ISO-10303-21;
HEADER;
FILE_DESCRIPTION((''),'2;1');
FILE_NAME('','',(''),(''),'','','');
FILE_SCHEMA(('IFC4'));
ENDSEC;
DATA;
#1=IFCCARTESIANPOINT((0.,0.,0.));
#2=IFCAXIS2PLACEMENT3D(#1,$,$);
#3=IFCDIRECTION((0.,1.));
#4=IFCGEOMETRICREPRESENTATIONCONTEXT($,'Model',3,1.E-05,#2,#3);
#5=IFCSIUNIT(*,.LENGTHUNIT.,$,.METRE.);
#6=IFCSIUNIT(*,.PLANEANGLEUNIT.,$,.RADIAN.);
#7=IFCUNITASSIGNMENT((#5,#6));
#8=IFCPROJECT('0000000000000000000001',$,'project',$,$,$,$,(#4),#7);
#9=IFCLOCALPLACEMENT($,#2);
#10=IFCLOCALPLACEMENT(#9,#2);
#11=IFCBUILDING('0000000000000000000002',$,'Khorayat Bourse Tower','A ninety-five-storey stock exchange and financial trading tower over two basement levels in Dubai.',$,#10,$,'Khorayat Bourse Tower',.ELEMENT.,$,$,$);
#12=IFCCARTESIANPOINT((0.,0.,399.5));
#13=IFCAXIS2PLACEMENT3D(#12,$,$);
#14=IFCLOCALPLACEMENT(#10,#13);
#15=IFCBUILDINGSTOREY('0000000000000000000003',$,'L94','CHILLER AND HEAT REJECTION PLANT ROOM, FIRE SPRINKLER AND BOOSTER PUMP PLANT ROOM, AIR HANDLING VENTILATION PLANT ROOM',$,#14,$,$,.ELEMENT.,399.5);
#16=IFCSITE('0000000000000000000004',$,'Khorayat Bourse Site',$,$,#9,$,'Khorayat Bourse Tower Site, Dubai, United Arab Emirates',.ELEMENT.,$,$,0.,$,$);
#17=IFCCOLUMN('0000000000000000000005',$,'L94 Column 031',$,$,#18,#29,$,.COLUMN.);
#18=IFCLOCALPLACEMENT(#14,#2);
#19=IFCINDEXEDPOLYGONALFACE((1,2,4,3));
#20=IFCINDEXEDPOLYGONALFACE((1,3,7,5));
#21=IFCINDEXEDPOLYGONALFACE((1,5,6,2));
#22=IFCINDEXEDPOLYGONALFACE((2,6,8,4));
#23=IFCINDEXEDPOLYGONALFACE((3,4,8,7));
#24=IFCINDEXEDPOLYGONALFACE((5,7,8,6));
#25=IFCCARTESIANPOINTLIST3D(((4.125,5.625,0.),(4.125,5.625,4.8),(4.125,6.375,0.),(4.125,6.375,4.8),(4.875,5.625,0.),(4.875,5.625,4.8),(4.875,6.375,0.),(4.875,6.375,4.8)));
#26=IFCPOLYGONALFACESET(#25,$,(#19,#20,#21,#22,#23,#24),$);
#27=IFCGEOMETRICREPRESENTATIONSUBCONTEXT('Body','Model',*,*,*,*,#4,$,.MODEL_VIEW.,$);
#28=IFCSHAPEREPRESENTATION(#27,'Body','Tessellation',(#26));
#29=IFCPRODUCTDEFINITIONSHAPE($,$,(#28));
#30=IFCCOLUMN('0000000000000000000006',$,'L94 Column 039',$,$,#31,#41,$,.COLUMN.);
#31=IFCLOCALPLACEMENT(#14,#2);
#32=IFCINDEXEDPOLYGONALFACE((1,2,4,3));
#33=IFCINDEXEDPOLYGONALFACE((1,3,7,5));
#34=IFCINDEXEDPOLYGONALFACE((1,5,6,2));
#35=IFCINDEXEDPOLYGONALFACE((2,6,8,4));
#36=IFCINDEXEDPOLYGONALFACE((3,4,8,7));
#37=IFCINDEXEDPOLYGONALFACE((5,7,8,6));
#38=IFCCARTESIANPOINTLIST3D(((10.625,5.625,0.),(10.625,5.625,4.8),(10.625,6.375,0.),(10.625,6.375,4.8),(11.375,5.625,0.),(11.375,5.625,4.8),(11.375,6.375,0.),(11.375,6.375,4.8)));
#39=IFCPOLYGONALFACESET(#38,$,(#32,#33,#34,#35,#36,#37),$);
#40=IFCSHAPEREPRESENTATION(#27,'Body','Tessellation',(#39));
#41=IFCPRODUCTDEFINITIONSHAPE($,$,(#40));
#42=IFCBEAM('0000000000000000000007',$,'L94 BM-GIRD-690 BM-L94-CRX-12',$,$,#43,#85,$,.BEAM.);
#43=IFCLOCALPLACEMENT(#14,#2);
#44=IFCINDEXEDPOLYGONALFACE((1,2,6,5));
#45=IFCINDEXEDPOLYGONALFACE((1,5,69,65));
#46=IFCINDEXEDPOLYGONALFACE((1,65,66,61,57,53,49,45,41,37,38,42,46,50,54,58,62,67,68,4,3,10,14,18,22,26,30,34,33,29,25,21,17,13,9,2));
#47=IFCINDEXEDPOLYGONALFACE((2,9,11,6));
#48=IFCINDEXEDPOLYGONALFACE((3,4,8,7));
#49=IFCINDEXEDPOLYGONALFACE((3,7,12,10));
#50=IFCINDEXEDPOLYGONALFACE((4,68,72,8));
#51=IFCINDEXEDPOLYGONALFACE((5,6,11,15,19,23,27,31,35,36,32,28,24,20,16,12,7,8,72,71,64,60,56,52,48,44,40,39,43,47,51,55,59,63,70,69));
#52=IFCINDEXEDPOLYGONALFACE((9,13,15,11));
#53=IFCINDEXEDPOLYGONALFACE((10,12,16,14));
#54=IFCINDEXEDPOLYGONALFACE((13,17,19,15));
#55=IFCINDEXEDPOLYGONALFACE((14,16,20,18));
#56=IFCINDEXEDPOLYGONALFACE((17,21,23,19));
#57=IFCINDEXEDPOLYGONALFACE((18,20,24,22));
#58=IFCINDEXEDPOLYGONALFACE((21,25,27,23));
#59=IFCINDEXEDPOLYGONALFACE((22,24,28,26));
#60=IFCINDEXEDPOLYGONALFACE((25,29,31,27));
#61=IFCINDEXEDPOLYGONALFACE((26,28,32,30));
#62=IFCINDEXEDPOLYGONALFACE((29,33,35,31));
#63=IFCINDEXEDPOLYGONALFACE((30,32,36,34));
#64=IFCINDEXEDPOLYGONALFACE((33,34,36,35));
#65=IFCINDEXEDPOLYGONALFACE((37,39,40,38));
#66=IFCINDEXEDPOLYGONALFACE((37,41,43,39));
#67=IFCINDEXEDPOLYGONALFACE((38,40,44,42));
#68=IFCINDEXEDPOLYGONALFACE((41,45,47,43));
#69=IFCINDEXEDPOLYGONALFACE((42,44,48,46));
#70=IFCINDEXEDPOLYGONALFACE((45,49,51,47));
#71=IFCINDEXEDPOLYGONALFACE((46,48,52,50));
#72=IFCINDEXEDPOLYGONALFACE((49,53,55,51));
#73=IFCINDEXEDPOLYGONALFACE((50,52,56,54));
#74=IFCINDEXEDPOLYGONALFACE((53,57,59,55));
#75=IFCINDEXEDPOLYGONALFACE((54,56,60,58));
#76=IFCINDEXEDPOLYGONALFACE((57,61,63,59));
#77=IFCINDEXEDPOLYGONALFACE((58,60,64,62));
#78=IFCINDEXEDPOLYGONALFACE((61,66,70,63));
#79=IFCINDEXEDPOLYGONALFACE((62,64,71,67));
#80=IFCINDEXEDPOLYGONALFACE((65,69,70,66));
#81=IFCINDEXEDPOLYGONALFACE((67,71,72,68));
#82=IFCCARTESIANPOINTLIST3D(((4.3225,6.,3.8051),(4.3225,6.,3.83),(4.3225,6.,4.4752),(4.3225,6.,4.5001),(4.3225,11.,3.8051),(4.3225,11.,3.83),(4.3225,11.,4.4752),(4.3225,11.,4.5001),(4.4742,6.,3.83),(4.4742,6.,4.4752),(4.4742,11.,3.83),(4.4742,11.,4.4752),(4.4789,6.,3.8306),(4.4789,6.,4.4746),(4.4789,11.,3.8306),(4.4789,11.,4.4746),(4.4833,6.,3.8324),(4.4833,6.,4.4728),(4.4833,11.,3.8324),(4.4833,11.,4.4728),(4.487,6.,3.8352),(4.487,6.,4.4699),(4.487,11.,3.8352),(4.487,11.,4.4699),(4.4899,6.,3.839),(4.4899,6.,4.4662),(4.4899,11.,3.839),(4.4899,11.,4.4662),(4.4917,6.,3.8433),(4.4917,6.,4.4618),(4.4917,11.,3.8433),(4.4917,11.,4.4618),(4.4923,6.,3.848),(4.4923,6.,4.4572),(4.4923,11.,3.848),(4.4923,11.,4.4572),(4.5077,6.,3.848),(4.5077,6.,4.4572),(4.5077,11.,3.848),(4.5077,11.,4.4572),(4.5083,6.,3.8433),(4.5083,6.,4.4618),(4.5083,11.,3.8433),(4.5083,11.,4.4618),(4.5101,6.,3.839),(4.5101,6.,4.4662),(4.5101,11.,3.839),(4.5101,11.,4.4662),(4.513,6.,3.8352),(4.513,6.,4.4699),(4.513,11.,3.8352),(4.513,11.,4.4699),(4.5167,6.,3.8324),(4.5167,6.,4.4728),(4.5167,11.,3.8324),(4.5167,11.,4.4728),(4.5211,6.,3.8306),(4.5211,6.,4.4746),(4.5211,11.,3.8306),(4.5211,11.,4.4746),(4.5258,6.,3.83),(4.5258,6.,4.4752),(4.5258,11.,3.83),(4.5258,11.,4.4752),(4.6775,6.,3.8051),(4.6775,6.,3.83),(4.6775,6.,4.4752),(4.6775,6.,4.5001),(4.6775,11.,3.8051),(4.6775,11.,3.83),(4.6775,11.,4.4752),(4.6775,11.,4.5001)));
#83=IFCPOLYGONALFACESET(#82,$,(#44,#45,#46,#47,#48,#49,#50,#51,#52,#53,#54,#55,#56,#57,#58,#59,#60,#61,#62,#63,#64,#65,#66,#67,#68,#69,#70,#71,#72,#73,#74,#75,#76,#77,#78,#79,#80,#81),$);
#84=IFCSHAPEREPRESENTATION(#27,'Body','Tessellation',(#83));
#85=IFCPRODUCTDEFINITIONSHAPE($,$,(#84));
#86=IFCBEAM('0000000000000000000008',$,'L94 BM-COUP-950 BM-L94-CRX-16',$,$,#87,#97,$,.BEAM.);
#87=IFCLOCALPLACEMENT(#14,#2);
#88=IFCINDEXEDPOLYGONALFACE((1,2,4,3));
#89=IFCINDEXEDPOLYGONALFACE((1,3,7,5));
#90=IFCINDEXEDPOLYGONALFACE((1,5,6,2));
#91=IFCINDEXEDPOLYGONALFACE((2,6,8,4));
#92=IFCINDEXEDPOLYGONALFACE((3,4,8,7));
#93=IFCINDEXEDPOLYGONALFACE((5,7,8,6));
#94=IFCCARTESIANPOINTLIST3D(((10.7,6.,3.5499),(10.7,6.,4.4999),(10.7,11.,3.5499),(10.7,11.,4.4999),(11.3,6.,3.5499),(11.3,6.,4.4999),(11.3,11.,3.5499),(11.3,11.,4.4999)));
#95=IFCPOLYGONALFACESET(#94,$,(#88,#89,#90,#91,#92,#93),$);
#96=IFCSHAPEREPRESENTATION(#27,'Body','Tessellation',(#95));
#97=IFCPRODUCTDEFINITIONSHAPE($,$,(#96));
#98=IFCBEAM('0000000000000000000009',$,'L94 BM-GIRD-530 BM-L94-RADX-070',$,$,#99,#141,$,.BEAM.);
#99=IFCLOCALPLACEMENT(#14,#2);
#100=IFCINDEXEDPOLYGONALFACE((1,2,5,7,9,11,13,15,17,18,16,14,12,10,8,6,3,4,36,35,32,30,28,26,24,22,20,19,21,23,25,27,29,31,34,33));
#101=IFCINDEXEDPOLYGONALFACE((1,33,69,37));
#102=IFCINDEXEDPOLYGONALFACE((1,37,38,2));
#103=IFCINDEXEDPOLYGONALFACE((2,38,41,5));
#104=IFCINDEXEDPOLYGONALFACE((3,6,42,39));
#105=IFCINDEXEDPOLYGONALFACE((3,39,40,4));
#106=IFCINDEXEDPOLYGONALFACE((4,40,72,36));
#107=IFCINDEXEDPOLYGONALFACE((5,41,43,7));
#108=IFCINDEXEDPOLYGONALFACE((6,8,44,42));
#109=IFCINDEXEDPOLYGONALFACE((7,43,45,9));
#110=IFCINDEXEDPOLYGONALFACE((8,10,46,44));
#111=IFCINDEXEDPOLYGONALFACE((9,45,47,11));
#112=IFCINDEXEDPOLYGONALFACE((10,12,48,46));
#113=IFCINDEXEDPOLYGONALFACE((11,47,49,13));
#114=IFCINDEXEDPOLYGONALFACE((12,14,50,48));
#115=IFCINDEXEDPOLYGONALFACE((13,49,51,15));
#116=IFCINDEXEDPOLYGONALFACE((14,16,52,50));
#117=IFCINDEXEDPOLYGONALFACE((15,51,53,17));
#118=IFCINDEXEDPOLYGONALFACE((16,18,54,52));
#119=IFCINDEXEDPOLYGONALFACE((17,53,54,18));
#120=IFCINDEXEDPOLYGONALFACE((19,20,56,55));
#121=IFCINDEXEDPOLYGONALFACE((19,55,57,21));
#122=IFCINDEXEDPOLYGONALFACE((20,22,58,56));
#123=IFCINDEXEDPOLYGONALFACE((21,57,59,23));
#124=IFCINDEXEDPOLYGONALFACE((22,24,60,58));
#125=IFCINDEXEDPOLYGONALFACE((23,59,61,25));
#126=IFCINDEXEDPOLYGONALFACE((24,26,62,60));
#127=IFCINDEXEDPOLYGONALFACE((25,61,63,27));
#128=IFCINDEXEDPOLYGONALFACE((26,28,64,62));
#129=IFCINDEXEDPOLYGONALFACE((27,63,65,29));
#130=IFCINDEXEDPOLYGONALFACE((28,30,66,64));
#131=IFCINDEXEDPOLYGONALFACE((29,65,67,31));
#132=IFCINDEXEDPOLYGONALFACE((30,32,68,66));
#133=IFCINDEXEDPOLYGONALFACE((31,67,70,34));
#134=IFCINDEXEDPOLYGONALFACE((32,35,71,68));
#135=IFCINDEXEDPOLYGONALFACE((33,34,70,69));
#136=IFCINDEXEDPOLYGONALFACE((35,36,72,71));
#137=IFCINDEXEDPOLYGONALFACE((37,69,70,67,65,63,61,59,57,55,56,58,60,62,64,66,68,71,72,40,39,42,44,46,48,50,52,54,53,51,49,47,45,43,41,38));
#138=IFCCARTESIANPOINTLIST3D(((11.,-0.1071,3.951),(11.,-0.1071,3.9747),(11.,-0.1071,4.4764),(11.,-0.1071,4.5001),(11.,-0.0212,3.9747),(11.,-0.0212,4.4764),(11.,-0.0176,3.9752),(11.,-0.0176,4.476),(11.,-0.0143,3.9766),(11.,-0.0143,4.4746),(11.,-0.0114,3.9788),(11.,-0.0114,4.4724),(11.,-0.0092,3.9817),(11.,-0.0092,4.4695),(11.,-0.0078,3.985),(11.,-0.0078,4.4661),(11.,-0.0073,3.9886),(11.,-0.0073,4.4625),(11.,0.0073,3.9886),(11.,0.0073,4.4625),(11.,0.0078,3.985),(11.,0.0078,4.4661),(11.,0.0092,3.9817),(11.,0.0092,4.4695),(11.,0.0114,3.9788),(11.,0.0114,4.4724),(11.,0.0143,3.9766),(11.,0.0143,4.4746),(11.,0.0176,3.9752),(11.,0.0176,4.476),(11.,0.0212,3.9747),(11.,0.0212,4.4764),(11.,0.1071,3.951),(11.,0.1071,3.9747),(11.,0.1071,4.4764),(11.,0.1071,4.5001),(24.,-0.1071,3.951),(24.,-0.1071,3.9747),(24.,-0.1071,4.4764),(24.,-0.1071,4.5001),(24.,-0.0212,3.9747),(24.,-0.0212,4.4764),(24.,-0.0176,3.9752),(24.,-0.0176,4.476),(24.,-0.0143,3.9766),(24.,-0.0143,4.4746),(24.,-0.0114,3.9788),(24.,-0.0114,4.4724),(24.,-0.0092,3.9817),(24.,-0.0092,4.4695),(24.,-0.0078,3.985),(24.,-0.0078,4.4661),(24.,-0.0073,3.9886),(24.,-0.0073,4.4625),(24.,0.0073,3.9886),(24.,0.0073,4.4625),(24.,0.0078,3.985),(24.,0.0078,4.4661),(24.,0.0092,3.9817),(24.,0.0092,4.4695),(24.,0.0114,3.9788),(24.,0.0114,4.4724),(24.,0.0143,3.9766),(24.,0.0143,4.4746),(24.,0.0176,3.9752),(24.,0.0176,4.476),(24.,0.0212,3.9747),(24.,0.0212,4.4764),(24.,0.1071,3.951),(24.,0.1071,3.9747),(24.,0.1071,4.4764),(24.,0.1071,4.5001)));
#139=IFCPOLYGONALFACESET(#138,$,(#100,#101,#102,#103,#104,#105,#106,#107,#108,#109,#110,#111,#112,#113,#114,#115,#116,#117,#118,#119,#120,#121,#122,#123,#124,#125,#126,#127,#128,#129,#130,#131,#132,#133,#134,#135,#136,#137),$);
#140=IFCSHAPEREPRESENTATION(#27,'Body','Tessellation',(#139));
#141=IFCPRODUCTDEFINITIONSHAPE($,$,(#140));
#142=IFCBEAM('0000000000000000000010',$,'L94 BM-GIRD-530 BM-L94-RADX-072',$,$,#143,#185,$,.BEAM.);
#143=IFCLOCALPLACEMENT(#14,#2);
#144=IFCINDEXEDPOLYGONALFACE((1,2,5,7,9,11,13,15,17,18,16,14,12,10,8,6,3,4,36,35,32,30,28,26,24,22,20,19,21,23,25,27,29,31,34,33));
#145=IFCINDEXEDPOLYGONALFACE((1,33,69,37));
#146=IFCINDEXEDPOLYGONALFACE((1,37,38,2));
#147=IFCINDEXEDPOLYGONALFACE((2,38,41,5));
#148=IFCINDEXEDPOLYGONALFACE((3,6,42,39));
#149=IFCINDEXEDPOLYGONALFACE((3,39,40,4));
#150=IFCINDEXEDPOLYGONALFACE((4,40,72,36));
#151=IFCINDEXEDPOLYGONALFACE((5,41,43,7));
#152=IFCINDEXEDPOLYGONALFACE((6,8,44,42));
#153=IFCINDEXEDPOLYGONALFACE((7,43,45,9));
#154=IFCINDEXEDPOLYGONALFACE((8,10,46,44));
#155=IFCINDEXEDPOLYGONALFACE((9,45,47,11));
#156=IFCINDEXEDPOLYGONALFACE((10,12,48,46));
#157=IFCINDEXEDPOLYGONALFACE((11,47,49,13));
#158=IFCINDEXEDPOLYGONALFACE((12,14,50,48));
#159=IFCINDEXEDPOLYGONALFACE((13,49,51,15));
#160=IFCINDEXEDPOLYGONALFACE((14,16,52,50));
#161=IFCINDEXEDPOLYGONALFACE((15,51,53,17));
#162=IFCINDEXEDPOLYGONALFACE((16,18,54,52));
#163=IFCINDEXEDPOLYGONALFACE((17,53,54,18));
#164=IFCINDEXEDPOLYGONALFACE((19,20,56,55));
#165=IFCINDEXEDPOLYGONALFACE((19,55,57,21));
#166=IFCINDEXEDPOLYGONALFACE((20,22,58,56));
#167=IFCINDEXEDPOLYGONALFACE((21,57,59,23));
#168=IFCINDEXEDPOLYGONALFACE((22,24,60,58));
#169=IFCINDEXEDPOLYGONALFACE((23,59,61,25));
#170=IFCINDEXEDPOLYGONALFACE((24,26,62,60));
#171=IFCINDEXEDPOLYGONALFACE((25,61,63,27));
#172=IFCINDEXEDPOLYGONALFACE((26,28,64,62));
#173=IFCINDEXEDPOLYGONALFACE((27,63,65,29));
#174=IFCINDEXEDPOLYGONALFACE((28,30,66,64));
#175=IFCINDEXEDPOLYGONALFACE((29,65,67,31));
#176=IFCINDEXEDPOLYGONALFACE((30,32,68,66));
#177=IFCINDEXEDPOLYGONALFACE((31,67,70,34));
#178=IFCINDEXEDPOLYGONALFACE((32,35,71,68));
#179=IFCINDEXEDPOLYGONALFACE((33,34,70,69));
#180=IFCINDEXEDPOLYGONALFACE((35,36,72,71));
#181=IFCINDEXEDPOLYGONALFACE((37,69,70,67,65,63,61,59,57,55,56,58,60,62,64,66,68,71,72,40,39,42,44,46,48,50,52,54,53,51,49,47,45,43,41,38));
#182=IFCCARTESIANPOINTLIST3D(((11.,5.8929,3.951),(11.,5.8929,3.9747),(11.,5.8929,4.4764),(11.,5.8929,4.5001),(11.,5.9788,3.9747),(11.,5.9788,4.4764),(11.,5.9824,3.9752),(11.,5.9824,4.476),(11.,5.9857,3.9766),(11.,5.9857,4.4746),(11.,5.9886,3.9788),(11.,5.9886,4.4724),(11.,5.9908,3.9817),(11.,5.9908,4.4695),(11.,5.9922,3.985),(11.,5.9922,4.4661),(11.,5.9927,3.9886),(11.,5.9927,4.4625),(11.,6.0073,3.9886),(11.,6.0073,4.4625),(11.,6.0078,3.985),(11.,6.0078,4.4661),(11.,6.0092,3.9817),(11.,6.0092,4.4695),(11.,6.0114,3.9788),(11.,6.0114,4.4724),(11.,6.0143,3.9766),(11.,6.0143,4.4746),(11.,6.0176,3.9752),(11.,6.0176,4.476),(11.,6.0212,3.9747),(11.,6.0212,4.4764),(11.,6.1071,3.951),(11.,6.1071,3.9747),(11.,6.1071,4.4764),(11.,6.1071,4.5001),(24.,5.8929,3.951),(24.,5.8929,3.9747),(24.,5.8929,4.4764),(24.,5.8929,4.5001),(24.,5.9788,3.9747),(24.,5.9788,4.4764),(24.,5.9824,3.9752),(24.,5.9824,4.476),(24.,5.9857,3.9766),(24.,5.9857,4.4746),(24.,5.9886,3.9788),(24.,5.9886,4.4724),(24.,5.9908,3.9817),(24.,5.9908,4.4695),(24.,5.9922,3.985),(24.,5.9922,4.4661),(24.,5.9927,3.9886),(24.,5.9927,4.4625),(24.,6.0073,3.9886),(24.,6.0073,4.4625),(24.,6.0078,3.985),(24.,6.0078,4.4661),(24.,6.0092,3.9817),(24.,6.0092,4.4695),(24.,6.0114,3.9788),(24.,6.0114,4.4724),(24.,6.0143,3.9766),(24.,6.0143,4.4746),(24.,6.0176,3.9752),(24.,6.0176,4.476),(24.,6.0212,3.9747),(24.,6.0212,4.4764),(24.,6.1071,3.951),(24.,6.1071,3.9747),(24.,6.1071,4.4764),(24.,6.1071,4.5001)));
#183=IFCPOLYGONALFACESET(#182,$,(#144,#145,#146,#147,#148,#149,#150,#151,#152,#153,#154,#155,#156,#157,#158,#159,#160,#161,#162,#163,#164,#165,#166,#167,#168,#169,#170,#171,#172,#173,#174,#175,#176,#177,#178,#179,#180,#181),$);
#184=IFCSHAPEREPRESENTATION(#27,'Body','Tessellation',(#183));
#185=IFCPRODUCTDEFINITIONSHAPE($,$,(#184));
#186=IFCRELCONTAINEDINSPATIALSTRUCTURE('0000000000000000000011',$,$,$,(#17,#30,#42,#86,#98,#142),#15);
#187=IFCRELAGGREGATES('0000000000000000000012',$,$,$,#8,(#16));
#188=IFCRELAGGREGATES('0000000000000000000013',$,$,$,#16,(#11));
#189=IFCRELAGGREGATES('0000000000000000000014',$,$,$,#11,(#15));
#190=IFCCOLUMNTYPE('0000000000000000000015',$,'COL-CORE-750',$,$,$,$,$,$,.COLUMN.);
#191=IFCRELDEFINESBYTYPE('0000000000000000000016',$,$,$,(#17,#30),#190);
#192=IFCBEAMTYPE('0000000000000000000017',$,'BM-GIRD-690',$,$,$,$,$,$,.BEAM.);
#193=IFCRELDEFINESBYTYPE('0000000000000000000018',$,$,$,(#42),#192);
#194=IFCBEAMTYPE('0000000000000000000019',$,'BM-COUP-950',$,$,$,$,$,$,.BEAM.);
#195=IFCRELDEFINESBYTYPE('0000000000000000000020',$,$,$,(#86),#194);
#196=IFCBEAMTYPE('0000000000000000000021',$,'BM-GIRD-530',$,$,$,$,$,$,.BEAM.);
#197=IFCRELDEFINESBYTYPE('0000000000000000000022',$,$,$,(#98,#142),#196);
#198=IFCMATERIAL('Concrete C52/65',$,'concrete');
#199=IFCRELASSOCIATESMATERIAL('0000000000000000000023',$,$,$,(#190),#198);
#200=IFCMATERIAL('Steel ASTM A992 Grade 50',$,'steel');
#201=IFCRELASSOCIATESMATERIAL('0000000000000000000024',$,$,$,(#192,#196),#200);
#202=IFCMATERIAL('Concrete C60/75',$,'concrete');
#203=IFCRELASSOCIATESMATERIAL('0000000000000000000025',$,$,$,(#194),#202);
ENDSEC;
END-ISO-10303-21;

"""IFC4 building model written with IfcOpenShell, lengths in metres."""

from ifc_helpers import new_model, si_unit, direction, frame, origin, origin_2d, place, context, subcontext, project, spatial, rectangle, i_section, extrude, source, transform, mapped, material, material_profile, profile_set, type_object, element, save


model = new_model("IFC4")

# Units and contexts
model_context = context("Model", 3, precision=1e-05, world=origin(), true_north=direction((0.0, 1.0)))
body_context = subcontext(model_context, "Body", "Model", "MODEL_VIEW")
ifc_project = project(units=[si_unit("LENGTHUNIT", "METRE"), si_unit("PLANEANGLEUNIT", "RADIAN")], contexts=[model_context])

# Site, building, storey
site_placement = place(None, origin())
site = spatial("IfcSite", under=ifc_project, at=site_placement, Name="Khorayat Bourse Site", LongName="Khorayat Bourse Tower Site, Dubai, United Arab Emirates", CompositionType="ELEMENT", RefElevation=0.0)
building_placement = place(site_placement, origin())
building = spatial("IfcBuilding", under=site, at=building_placement, Name="Khorayat Bourse Tower", Description="A ninety-five-storey stock exchange and financial trading tower over two basement levels in Dubai.", LongName="Khorayat Bourse Tower", CompositionType="ELEMENT")
storey_placement = place(building_placement, frame((0.0, 0.0, 399.5)))
storey = spatial("IfcBuildingStorey", under=building, at=storey_placement, Name="L94", Description="CHILLER AND HEAT REJECTION PLANT ROOM, FIRE SPRINKLER AND BOOSTER PUMP PLANT ROOM, AIR HANDLING VENTILATION PLANT ROOM", CompositionType="ELEMENT", Elevation=399.5)

# Columns
ifc_material_1 = material(Name="Concrete C52/65", Category="concrete")
ifc_material_profile_1 = material_profile(ifc_material_1, rectangle(XDim=0.75, YDim=0.75, at=origin_2d()), Name="RC 750x750")
ifc_profile_set_1 = profile_set([ifc_material_profile_1], Name="Concrete C52/65")
column_type = type_object("IfcColumnType", Name="COL-CORE-750", PredefinedType="COLUMN", material=ifc_profile_set_1)
shared_shape_1 = source(origin(), body_context, "Body", "SweptSolid", [
    extrude(rectangle(XDim=0.75, YDim=0.75, at=origin_2d()), origin(), (0.0, 0.0, 1.0), 4.8),
])
for number, where, z_axis, x_axis, name in (
    (1, (4.5, 6.0, 0.0), (0.0, 0.0, 1.0), (1.0, 0.0, 0.0), "L94 Column 031"),
    (2, (11.0, 6.0, 0.0), (0.0, 0.0, 1.0), (1.0, 0.0, 0.0), "L94 Column 039"),
):
    element("IfcColumn", number, at=place(storey_placement, frame(where, z_axis=z_axis, x_axis=x_axis)), inside=storey, type_object=column_type, Name=name, PredefinedType="COLUMN", context=body_context, shape_type="MappedRepresentation", body=[
        mapped(shared_shape_1, transform((0.0, 0.0, 0.0), scale=1.0)),
    ])

# Beams
ifc_material_2 = material(Name="Steel ASTM A992 Grade 50", Category="steel")
ifc_material_profile_2 = material_profile(ifc_material_2, i_section(OverallWidth=0.355, OverallDepth=0.6951, WebThickness=0.0154, FlangeThickness=0.0249, FilletRadius=0.0181, at=origin_2d()), Name="W690X217")
ifc_profile_set_2 = profile_set([ifc_material_profile_2], Name="Steel ASTM A992 Grade 50")
beam_type_1 = type_object("IfcBeamType", Name="BM-GIRD-690", PredefinedType="BEAM", material=ifc_profile_set_2)
shared_shape_2 = source(origin(), body_context, "Body", "SweptSolid", [
    extrude(i_section(OverallWidth=0.355, OverallDepth=0.6951, WebThickness=0.0154, FlangeThickness=0.0249, FilletRadius=0.0181, at=origin_2d()), origin(), (0.0, 0.0, 1.0), 5.0),
])
beam_1_placement = place(storey_placement, frame((4.5, 6.0, 4.1526), z_axis=(0.0, 1.0, 0.0), x_axis=(-1.0, 0.0, 0.0)))
element("IfcBeam", 3, at=beam_1_placement, inside=storey, type_object=beam_type_1, Name="L94 BM-GIRD-690 BM-L94-CRX-12", PredefinedType="BEAM", context=body_context, shape_type="MappedRepresentation", body=[
    mapped(shared_shape_2, transform((0.0, 0.0, 0.0), scale=1.0)),
])
ifc_material_3 = material(Name="Concrete C60/75", Category="concrete")
ifc_material_profile_3 = material_profile(ifc_material_3, rectangle(XDim=0.6001, YDim=0.95, at=origin_2d()), Name="RC 600x950")
ifc_profile_set_3 = profile_set([ifc_material_profile_3], Name="Concrete C60/75")
beam_type_2 = type_object("IfcBeamType", Name="BM-COUP-950", PredefinedType="BEAM", material=ifc_profile_set_3)
shared_shape_3 = source(origin(), body_context, "Body", "SweptSolid", [
    extrude(rectangle(XDim=0.6001, YDim=0.95, at=origin_2d()), origin(), (0.0, 0.0, 1.0), 5.0),
])
beam_2_placement = place(storey_placement, frame((11.0, 6.0, 4.0249), z_axis=(0.0, 1.0, 0.0), x_axis=(-1.0, 0.0, 0.0)))
element("IfcBeam", 4, at=beam_2_placement, inside=storey, type_object=beam_type_2, Name="L94 BM-COUP-950 BM-L94-CRX-16", PredefinedType="BEAM", context=body_context, shape_type="MappedRepresentation", body=[
    mapped(shared_shape_3, transform((0.0, 0.0, 0.0), scale=1.0)),
])
ifc_material_profile_4 = material_profile(ifc_material_2, i_section(OverallWidth=0.2141, OverallDepth=0.5491, WebThickness=0.0146, FlangeThickness=0.0237, FilletRadius=0.0139, at=origin_2d()), Name="W530X138")
ifc_profile_set_4 = profile_set([ifc_material_profile_4], Name="Steel ASTM A992 Grade 50")
beam_type_3 = type_object("IfcBeamType", Name="BM-GIRD-530", PredefinedType="BEAM", material=ifc_profile_set_4)
shared_shape_4 = source(origin(), body_context, "Body", "SweptSolid", [
    extrude(i_section(OverallWidth=0.2141, OverallDepth=0.5491, WebThickness=0.0146, FlangeThickness=0.0237, FilletRadius=0.0139, at=origin_2d()), origin(), (0.0, 0.0, 1.0), 13.0),
])
for number, where, z_axis, x_axis, name in (
    (5, (11.0, 0.0, 4.2256), (1.0, 0.0, 0.0), (0.0, 1.0, 0.0), "L94 BM-GIRD-530 BM-L94-RADX-070"),
    (6, (11.0, 6.0, 4.2256), (1.0, 0.0, 0.0), (0.0, 1.0, 0.0), "L94 BM-GIRD-530 BM-L94-RADX-072"),
):
    element("IfcBeam", number, at=place(storey_placement, frame(where, z_axis=z_axis, x_axis=x_axis)), inside=storey, type_object=beam_type_3, Name=name, PredefinedType="BEAM", context=body_context, shape_type="MappedRepresentation", body=[
        mapped(shared_shape_4, transform((0.0, 0.0, 0.0), scale=1.0)),
    ])

save(model, "model.ifc")
